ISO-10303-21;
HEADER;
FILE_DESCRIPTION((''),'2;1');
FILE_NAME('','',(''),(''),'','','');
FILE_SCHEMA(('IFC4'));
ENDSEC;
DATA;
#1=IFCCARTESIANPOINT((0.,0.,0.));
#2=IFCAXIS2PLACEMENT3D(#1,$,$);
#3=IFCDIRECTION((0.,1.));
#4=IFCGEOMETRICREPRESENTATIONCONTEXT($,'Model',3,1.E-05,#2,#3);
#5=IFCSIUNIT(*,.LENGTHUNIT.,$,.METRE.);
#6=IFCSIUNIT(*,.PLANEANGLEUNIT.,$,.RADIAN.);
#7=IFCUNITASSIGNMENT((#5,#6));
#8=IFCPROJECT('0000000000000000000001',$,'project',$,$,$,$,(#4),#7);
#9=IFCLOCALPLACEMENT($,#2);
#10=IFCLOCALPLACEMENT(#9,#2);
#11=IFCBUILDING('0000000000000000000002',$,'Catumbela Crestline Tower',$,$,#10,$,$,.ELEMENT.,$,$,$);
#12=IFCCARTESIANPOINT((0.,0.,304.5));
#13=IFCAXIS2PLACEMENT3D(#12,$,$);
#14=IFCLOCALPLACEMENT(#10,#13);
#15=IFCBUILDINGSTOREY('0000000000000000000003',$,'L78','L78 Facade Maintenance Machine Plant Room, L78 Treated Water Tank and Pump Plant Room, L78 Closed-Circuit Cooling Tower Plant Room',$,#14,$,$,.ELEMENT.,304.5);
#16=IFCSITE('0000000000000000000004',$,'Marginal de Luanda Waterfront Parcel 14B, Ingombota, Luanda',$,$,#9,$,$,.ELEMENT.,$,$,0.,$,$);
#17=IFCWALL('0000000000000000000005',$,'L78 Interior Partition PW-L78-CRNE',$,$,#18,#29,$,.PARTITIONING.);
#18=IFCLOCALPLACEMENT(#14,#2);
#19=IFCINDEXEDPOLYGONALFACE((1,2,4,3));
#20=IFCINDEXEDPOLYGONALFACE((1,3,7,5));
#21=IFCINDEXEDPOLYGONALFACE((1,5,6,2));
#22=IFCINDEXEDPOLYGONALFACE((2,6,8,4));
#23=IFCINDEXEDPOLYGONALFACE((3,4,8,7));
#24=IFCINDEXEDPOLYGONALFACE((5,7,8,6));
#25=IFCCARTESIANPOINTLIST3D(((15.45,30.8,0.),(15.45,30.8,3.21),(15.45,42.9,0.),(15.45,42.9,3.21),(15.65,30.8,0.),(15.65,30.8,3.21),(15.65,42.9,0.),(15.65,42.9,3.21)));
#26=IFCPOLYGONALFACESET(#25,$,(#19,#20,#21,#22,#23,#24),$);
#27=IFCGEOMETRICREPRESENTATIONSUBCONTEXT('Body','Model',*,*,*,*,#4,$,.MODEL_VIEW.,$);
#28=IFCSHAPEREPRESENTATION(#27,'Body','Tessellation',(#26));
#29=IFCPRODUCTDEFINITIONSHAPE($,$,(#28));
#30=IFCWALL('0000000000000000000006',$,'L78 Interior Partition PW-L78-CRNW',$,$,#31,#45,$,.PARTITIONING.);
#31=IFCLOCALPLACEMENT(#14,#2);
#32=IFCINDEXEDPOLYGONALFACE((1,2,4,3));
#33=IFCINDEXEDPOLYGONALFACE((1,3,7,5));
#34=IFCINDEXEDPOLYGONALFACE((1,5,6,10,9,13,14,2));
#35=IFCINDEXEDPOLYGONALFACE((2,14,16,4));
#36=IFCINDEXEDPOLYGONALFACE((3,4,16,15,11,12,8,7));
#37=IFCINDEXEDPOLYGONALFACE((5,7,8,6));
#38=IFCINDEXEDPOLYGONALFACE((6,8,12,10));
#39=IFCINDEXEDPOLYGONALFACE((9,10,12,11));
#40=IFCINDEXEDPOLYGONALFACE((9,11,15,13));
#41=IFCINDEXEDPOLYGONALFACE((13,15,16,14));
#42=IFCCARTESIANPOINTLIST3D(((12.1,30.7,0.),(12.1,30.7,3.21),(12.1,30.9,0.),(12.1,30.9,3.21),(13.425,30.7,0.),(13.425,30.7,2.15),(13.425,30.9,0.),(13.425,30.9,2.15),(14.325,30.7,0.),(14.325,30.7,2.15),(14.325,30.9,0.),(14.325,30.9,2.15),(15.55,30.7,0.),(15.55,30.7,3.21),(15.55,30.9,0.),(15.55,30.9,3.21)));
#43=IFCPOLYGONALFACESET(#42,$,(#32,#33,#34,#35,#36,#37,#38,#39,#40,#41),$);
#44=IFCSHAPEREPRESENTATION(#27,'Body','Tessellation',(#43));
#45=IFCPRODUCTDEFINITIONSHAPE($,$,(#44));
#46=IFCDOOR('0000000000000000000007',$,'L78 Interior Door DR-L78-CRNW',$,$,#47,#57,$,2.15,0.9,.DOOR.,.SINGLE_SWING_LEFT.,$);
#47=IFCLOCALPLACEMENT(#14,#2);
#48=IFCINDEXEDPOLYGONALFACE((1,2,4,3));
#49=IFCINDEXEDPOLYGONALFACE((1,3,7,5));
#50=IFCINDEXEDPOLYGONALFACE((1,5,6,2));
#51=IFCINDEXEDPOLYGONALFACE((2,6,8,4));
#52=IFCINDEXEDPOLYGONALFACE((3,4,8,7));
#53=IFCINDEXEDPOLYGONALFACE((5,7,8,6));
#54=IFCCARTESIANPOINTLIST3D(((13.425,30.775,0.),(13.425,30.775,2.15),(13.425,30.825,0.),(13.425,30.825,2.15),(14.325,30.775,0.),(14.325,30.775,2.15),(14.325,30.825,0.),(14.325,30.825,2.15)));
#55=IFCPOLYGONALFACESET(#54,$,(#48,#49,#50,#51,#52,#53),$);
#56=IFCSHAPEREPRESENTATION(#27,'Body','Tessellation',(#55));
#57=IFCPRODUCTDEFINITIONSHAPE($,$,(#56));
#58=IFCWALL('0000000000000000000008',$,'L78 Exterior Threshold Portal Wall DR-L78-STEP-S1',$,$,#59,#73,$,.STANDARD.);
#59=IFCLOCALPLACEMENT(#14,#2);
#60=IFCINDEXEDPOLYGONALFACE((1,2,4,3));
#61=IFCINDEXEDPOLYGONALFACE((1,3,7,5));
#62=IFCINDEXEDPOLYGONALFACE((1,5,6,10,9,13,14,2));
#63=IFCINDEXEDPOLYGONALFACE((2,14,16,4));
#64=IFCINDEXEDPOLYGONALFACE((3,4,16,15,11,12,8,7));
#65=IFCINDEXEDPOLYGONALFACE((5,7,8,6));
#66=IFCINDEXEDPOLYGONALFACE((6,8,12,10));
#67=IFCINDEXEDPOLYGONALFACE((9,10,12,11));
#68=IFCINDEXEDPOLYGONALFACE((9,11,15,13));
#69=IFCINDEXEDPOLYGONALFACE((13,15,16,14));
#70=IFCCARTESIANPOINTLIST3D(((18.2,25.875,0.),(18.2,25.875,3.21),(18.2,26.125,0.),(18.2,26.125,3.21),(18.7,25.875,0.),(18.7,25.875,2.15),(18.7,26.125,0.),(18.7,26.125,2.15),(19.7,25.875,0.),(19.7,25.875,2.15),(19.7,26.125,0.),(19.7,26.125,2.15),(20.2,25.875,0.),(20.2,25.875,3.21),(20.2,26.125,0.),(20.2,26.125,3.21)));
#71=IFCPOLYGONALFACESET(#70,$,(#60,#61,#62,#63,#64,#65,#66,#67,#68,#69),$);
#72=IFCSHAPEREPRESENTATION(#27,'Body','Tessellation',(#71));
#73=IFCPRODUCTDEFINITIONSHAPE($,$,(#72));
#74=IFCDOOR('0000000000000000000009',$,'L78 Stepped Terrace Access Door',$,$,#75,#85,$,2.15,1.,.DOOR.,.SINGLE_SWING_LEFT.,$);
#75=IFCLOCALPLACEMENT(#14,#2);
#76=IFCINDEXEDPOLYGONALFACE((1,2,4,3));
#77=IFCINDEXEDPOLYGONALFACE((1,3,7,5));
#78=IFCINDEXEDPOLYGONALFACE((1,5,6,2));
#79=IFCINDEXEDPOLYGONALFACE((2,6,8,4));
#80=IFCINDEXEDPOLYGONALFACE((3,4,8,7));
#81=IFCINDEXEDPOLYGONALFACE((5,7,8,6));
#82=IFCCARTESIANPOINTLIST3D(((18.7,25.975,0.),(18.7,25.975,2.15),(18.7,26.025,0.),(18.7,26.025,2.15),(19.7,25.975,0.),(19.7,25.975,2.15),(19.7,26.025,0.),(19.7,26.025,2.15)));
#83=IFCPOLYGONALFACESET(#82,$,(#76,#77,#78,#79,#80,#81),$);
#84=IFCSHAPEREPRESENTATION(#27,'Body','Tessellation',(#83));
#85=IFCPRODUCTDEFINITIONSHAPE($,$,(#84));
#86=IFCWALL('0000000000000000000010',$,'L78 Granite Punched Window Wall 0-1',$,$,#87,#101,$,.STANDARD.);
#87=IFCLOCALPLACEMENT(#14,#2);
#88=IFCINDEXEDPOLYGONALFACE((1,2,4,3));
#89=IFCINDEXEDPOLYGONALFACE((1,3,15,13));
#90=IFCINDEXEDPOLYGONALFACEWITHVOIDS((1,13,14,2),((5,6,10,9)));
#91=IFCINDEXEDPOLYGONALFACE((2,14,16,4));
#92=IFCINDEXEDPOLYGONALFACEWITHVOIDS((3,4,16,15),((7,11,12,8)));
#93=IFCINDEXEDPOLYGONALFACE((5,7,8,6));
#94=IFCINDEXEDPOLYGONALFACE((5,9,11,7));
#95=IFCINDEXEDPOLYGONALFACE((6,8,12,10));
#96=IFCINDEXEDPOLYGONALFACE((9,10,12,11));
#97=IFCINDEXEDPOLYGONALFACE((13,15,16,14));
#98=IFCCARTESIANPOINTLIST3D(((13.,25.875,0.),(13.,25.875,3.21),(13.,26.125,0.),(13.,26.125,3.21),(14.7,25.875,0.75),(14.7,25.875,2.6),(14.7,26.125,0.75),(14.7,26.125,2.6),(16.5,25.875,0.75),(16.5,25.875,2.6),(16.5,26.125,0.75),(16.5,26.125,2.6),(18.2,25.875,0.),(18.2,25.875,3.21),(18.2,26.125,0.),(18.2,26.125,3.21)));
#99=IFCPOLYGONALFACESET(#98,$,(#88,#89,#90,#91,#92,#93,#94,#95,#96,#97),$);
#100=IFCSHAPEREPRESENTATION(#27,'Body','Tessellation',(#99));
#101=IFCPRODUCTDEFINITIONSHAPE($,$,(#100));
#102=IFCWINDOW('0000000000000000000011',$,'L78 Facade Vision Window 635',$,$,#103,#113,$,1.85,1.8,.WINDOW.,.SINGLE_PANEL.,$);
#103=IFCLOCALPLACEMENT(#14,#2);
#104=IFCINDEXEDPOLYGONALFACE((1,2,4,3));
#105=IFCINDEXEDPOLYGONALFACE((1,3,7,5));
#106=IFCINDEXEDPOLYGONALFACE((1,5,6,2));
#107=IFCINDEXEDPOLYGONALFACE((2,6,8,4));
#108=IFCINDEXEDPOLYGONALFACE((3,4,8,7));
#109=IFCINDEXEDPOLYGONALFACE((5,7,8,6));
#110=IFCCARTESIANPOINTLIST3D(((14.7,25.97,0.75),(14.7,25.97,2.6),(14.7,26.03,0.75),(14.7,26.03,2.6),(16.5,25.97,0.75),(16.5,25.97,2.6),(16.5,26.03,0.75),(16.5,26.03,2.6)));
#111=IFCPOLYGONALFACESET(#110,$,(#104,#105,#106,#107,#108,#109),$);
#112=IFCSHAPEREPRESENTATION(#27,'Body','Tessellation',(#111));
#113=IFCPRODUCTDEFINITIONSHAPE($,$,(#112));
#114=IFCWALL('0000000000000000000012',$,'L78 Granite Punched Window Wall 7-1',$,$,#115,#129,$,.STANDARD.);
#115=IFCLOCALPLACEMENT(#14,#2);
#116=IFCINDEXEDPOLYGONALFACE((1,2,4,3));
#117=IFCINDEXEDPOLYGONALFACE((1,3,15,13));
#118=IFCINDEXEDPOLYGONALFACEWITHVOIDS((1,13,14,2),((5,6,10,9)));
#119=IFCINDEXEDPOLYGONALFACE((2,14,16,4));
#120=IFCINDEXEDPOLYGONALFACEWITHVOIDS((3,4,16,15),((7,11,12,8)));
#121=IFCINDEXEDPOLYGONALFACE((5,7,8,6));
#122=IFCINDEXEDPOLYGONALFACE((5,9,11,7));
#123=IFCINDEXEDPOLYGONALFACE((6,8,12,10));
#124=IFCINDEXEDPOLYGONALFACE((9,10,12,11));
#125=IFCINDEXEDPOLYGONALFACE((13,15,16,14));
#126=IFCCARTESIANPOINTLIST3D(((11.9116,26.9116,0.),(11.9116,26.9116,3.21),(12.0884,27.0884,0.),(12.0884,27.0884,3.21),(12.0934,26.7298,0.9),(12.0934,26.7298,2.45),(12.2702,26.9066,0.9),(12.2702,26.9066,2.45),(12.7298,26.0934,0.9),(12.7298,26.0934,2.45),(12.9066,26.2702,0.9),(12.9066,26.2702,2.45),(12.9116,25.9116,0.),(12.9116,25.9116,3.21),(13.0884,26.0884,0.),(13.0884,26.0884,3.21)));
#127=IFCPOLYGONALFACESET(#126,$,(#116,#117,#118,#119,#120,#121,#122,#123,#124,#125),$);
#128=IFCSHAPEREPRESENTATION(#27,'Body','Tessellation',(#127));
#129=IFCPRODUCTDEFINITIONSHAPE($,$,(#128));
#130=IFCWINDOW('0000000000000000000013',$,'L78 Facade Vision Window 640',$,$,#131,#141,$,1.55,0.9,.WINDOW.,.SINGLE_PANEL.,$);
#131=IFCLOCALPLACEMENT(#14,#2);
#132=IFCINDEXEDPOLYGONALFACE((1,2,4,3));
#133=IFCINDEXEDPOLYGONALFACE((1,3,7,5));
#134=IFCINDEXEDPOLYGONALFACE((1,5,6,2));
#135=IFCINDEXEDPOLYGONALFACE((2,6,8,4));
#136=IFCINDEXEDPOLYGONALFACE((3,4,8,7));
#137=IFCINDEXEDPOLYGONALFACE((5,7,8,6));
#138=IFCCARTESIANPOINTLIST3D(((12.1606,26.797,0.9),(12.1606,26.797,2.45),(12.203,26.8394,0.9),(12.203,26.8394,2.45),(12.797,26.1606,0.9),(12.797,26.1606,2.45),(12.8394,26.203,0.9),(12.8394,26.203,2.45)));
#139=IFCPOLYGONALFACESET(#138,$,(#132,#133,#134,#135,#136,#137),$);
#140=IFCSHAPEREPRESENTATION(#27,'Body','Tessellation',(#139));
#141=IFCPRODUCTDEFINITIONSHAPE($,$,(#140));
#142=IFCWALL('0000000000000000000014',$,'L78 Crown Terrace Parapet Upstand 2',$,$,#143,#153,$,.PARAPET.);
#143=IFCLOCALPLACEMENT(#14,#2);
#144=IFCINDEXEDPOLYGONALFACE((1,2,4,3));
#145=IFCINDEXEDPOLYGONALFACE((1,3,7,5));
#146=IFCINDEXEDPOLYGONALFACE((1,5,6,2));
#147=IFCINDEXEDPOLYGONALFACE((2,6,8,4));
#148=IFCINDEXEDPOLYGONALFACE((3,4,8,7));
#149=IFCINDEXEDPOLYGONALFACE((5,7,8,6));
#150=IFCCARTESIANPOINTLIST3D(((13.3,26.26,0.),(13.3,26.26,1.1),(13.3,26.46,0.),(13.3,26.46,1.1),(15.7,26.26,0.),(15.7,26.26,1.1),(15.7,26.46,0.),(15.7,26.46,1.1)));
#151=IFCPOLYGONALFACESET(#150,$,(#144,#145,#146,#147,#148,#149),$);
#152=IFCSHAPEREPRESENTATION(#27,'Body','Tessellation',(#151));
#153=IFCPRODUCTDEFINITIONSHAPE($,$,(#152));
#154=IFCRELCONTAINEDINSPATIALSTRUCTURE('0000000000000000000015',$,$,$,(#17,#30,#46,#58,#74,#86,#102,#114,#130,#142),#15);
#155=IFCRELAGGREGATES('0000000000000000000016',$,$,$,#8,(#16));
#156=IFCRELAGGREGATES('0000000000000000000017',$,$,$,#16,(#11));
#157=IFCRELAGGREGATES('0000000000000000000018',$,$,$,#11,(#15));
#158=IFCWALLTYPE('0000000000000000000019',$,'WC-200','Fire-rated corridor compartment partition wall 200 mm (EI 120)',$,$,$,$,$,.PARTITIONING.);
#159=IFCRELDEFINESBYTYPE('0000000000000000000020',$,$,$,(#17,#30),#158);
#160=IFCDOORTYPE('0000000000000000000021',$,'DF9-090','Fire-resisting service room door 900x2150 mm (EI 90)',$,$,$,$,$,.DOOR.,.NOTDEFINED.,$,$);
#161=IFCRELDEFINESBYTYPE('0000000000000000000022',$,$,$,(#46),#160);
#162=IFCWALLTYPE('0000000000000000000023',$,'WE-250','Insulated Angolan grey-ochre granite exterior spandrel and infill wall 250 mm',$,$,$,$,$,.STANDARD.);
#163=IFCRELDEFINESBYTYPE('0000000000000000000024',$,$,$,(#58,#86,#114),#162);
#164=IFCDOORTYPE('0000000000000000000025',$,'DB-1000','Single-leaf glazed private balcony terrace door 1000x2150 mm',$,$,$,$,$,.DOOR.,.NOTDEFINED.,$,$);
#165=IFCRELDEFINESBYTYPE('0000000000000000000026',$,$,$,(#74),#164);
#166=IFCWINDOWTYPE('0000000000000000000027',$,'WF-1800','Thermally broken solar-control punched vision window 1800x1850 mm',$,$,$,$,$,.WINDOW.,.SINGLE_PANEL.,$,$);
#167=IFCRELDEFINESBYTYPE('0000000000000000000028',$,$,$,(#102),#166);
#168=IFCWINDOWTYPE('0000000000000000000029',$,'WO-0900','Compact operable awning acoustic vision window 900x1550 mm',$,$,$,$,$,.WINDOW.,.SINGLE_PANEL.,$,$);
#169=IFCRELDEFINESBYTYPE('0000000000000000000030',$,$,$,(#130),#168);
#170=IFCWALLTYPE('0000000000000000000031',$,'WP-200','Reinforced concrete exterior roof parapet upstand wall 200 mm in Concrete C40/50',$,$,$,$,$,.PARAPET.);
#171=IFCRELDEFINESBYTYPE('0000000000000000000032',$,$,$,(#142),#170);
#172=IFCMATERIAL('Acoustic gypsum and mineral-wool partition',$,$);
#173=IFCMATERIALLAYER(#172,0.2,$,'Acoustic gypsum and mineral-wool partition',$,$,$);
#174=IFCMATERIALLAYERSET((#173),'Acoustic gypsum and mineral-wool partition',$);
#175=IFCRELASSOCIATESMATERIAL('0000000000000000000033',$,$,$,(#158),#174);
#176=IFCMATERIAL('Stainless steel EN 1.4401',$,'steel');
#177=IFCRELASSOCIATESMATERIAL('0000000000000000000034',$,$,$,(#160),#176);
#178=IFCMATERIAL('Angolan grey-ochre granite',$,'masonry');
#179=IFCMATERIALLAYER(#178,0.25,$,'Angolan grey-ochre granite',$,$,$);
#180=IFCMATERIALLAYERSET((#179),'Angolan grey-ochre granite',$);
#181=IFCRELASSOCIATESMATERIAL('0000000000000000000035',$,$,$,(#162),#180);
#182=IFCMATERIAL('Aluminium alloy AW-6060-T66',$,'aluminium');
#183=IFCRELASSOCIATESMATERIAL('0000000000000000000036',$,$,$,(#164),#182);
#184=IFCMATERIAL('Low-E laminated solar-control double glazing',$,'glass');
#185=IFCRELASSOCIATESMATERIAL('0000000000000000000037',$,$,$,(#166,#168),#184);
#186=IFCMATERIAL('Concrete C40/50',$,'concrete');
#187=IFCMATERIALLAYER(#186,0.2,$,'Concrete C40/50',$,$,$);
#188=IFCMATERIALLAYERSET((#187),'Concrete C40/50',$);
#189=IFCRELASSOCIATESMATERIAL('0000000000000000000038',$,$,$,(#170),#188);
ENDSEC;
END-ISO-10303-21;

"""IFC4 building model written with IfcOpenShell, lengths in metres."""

from ifc_helpers import new_model, si_unit, direction, frame, frame_2d, origin, place, context, subcontext, project, spatial, rectangle, extrude, material, layer, layer_set, type_object, element, fill, save


model = new_model("IFC4")

# Units and contexts
model_context = context("Model", 3, precision=1e-05, world=origin(), true_north=direction((0.0, 1.0)))
body_context = subcontext(model_context, "Body", "Model", "MODEL_VIEW")
ifc_project = project(units=[si_unit("LENGTHUNIT", "METRE"), si_unit("PLANEANGLEUNIT", "RADIAN")], contexts=[model_context])

# Site, building, storey
site_placement = place(None, origin())
site = spatial("IfcSite", under=ifc_project, at=site_placement, Name="Marginal de Luanda Waterfront Parcel 14B, Ingombota, Luanda", CompositionType="ELEMENT", RefElevation=0.0)
building_placement = place(site_placement, origin())
building = spatial("IfcBuilding", under=site, at=building_placement, Name="Catumbela Crestline Tower", CompositionType="ELEMENT")
storey_placement = place(building_placement, frame((0.0, 0.0, 304.5)))
storey = spatial("IfcBuildingStorey", under=building, at=storey_placement, Name="L78", Description="L78 Facade Maintenance Machine Plant Room, L78 Treated Water Tank and Pump Plant Room, L78 Closed-Circuit Cooling Tower Plant Room", CompositionType="ELEMENT", Elevation=304.5)

# Shared definitions
ifc_material_1 = material(Name="Aluminium alloy AW-6060-T66", Category="aluminium")
ifc_material_2 = material(Name="Low-E laminated solar-control double glazing", Category="glass")

# Shared definitions
ifc_material_3 = material(Name="Stainless steel EN 1.4401", Category="steel")

# Shared definitions
ifc_material_4 = material(Name="Acoustic gypsum and mineral-wool partition")
ifc_layer_1 = layer(ifc_material_4, 0.2, Name="Acoustic gypsum and mineral-wool partition")
ifc_layer_set_1 = layer_set([ifc_layer_1], Name="Acoustic gypsum and mineral-wool partition")
wall_type_1 = type_object("IfcWallType", Name="WC-200", Description="Fire-rated corridor compartment partition wall 200 mm (EI 120)", PredefinedType="PARTITIONING", material=ifc_layer_set_1)

# Wall
wall_1_placement = place(storey_placement, frame((15.55, 30.8, 0.0), z_axis=(0.0, 0.0, 1.0), x_axis=(0.0, 1.0, 0.0)))
element("IfcWall", 1, at=wall_1_placement, inside=storey, type_object=wall_type_1, Name="L78 Interior Partition PW-L78-CRNE", PredefinedType="PARTITIONING", context=body_context, shape_type="SweptSolid", body=[
    extrude(rectangle(XDim=12.1, YDim=0.2, at=frame_2d((6.05, 0.0))), origin(), (0.0, 0.0, 1.0), 3.21),
])

# Walls, openings, doors
wall_2_placement = place(storey_placement, frame((12.1, 30.8, 0.0), z_axis=(0.0, 0.0, 1.0), x_axis=(1.0, 0.0, 0.0)))
wall_2 = element("IfcWall", 2, at=wall_2_placement, inside=storey, type_object=wall_type_1, Name="L78 Interior Partition PW-L78-CRNW", PredefinedType="PARTITIONING", context=body_context, shape_type="SweptSolid", body=[
    extrude(rectangle(XDim=3.45, YDim=0.2, at=frame_2d((1.725, 0.0))), origin(), (0.0, 0.0, 1.0), 3.21),
])
opening_1_placement = place(wall_2_placement, frame((1.325, 0.0, 0.0)))
opening_1 = element("IfcOpeningElement", 3, at=opening_1_placement, cuts=wall_2, PredefinedType="OPENING", context=body_context, shape_type="SweptSolid", body=[
    extrude(rectangle(XDim=0.9, YDim=2.15, at=frame_2d((0.45, 1.075))), frame((0.0, 0.11, 0.0), z_axis=(0.0, -1.0, 0.0), x_axis=(1.0, 0.0, 0.0)), (0.0, 0.0, 1.0), 0.22),
])
door_type_1 = type_object("IfcDoorType", Name="DF9-090", Description="Fire-resisting service room door 900x2150 mm (EI 90)", OperationType="NOTDEFINED", PredefinedType="DOOR", material=ifc_material_3)
door_1_placement = place(opening_1_placement, origin())
door_1 = element("IfcDoor", 4, at=door_1_placement, inside=storey, type_object=door_type_1, Name="L78 Interior Door DR-L78-CRNW", OperationType="SINGLE_SWING_LEFT", OverallHeight=2.15, OverallWidth=0.9, PredefinedType="DOOR", context=body_context, shape_type="SweptSolid", body=[
    extrude(rectangle(XDim=0.9, YDim=2.15, at=frame_2d((0.45, 1.075))), frame((0.0, 0.025, 0.0), z_axis=(0.0, -1.0, 0.0), x_axis=(1.0, 0.0, 0.0)), (0.0, 0.0, 1.0), 0.05),
])
fill(opening_1, door_1)
ifc_material_5 = material(Name="Angolan grey-ochre granite", Category="masonry")
ifc_layer_2 = layer(ifc_material_5, 0.25, Name="Angolan grey-ochre granite")
ifc_layer_set_2 = layer_set([ifc_layer_2], Name="Angolan grey-ochre granite")
wall_type_2 = type_object("IfcWallType", Name="WE-250", Description="Insulated Angolan grey-ochre granite exterior spandrel and infill wall 250 mm", PredefinedType="STANDARD", material=ifc_layer_set_2)
wall_3_placement = place(storey_placement, frame((18.2, 26.0, 0.0), z_axis=(0.0, 0.0, 1.0), x_axis=(1.0, 0.0, 0.0)))
wall_3 = element("IfcWall", 5, at=wall_3_placement, inside=storey, type_object=wall_type_2, Name="L78 Exterior Threshold Portal Wall DR-L78-STEP-S1", PredefinedType="STANDARD", context=body_context, shape_type="SweptSolid", body=[
    extrude(rectangle(XDim=2.0, YDim=0.25, at=frame_2d((1.0, 0.0))), origin(), (0.0, 0.0, 1.0), 3.21),
])
opening_2_placement = place(wall_3_placement, frame((0.5, 0.0, 0.0)))
opening_2 = element("IfcOpeningElement", 6, at=opening_2_placement, cuts=wall_3, PredefinedType="OPENING", context=body_context, shape_type="SweptSolid", body=[
    extrude(rectangle(XDim=1.0, YDim=2.15, at=frame_2d((0.5, 1.075))), frame((0.0, 0.135, 0.0), z_axis=(0.0, -1.0, 0.0), x_axis=(1.0, 0.0, 0.0)), (0.0, 0.0, 1.0), 0.27),
])
door_type_2 = type_object("IfcDoorType", Name="DB-1000", Description="Single-leaf glazed private balcony terrace door 1000x2150 mm", OperationType="NOTDEFINED", PredefinedType="DOOR", material=ifc_material_1)
door_2_placement = place(opening_2_placement, origin())
door_2 = element("IfcDoor", 7, at=door_2_placement, inside=storey, type_object=door_type_2, Name="L78 Stepped Terrace Access Door", OperationType="SINGLE_SWING_LEFT", OverallHeight=2.15, OverallWidth=1.0, PredefinedType="DOOR", context=body_context, shape_type="SweptSolid", body=[
    extrude(rectangle(XDim=1.0, YDim=2.15, at=frame_2d((0.5, 1.075))), frame((0.0, 0.025, 0.0), z_axis=(0.0, -1.0, 0.0), x_axis=(1.0, 0.0, 0.0)), (0.0, 0.0, 1.0), 0.05),
])
fill(opening_2, door_2)

# Walls, openings, windows
wall_4_placement = place(storey_placement, frame((13.0, 26.0, 0.0), z_axis=(0.0, 0.0, 1.0), x_axis=(1.0, 0.0, 0.0)))
wall_4 = element("IfcWall", 8, at=wall_4_placement, inside=storey, type_object=wall_type_2, Name="L78 Granite Punched Window Wall 0-1", PredefinedType="STANDARD", context=body_context, shape_type="SweptSolid", body=[
    extrude(rectangle(XDim=5.2, YDim=0.25, at=frame_2d((2.6, 0.0))), origin(), (0.0, 0.0, 1.0), 3.21),
])
opening_3_placement = place(wall_4_placement, frame((1.7, 0.0, 0.75)))
opening_3 = element("IfcOpeningElement", 9, at=opening_3_placement, cuts=wall_4, PredefinedType="OPENING", context=body_context, shape_type="SweptSolid", body=[
    extrude(rectangle(XDim=1.8, YDim=1.85, at=frame_2d((0.9, 0.925))), frame((0.0, 0.135, 0.0), z_axis=(0.0, -1.0, 0.0), x_axis=(1.0, 0.0, 0.0)), (0.0, 0.0, 1.0), 0.27),
])
window_type_1 = type_object("IfcWindowType", Name="WF-1800", Description="Thermally broken solar-control punched vision window 1800x1850 mm", PartitioningType="SINGLE_PANEL", PredefinedType="WINDOW", material=ifc_material_2)
window_1_placement = place(opening_3_placement, origin())
window_1 = element("IfcWindow", 10, at=window_1_placement, inside=storey, type_object=window_type_1, Name="L78 Facade Vision Window 635", OverallHeight=1.85, OverallWidth=1.8, PartitioningType="SINGLE_PANEL", PredefinedType="WINDOW", context=body_context, shape_type="SweptSolid", body=[
    extrude(rectangle(XDim=1.8, YDim=1.85, at=frame_2d((0.9, 0.925))), frame((0.0, 0.03, 0.0), z_axis=(0.0, -1.0, 0.0), x_axis=(1.0, 0.0, 0.0)), (0.0, 0.0, 1.0), 0.06),
])
fill(opening_3, window_1)
wall_5_placement = place(storey_placement, frame((12.0, 27.0, 0.0), z_axis=(0.0, 0.0, 1.0), x_axis=(0.707107, -0.707107, 0.0)))
wall_5 = element("IfcWall", 11, at=wall_5_placement, inside=storey, type_object=wall_type_2, Name="L78 Granite Punched Window Wall 7-1", PredefinedType="STANDARD", context=body_context, shape_type="SweptSolid", body=[
    extrude(rectangle(XDim=1.4142, YDim=0.25, at=frame_2d((0.7071, 0.0))), origin(), (0.0, 0.0, 1.0), 3.21),
])
opening_4_placement = place(wall_5_placement, frame((0.2571, 0.0, 0.9)))
opening_4 = element("IfcOpeningElement", 12, at=opening_4_placement, cuts=wall_5, PredefinedType="OPENING", context=body_context, shape_type="SweptSolid", body=[
    extrude(rectangle(XDim=0.9, YDim=1.55, at=frame_2d((0.45, 0.775))), frame((0.0, 0.135, 0.0), z_axis=(0.0, -1.0, 0.0), x_axis=(1.0, 0.0, 0.0)), (0.0, 0.0, 1.0), 0.27),
])
window_type_2 = type_object("IfcWindowType", Name="WO-0900", Description="Compact operable awning acoustic vision window 900x1550 mm", PartitioningType="SINGLE_PANEL", PredefinedType="WINDOW", material=ifc_material_2)
window_2_placement = place(opening_4_placement, origin())
window_2 = element("IfcWindow", 13, at=window_2_placement, inside=storey, type_object=window_type_2, Name="L78 Facade Vision Window 640", OverallHeight=1.55, OverallWidth=0.9, PartitioningType="SINGLE_PANEL", PredefinedType="WINDOW", context=body_context, shape_type="SweptSolid", body=[
    extrude(rectangle(XDim=0.9, YDim=1.55, at=frame_2d((0.45, 0.775))), frame((0.0, 0.03, 0.0), z_axis=(0.0, -1.0, 0.0), x_axis=(1.0, 0.0, 0.0)), (0.0, 0.0, 1.0), 0.06),
])
fill(opening_4, window_2)

# Wall
ifc_material_6 = material(Name="Concrete C40/50", Category="concrete")
ifc_layer_3 = layer(ifc_material_6, 0.2, Name="Concrete C40/50")
ifc_layer_set_3 = layer_set([ifc_layer_3], Name="Concrete C40/50")
wall_type_3 = type_object("IfcWallType", Name="WP-200", Description="Reinforced concrete exterior roof parapet upstand wall 200 mm in Concrete C40/50", PredefinedType="PARAPET", material=ifc_layer_set_3)
wall_6_placement = place(storey_placement, frame((13.3, 26.36, 0.0), z_axis=(0.0, 0.0, 1.0), x_axis=(1.0, 0.0, 0.0)))
element("IfcWall", 14, at=wall_6_placement, inside=storey, type_object=wall_type_3, Name="L78 Crown Terrace Parapet Upstand 2", PredefinedType="PARAPET", context=body_context, shape_type="SweptSolid", body=[
    extrude(rectangle(XDim=2.4, YDim=0.2, at=frame_2d((1.2, 0.0))), origin(), (0.0, 0.0, 1.0), 1.1),
])

save(model, "model.ifc")
